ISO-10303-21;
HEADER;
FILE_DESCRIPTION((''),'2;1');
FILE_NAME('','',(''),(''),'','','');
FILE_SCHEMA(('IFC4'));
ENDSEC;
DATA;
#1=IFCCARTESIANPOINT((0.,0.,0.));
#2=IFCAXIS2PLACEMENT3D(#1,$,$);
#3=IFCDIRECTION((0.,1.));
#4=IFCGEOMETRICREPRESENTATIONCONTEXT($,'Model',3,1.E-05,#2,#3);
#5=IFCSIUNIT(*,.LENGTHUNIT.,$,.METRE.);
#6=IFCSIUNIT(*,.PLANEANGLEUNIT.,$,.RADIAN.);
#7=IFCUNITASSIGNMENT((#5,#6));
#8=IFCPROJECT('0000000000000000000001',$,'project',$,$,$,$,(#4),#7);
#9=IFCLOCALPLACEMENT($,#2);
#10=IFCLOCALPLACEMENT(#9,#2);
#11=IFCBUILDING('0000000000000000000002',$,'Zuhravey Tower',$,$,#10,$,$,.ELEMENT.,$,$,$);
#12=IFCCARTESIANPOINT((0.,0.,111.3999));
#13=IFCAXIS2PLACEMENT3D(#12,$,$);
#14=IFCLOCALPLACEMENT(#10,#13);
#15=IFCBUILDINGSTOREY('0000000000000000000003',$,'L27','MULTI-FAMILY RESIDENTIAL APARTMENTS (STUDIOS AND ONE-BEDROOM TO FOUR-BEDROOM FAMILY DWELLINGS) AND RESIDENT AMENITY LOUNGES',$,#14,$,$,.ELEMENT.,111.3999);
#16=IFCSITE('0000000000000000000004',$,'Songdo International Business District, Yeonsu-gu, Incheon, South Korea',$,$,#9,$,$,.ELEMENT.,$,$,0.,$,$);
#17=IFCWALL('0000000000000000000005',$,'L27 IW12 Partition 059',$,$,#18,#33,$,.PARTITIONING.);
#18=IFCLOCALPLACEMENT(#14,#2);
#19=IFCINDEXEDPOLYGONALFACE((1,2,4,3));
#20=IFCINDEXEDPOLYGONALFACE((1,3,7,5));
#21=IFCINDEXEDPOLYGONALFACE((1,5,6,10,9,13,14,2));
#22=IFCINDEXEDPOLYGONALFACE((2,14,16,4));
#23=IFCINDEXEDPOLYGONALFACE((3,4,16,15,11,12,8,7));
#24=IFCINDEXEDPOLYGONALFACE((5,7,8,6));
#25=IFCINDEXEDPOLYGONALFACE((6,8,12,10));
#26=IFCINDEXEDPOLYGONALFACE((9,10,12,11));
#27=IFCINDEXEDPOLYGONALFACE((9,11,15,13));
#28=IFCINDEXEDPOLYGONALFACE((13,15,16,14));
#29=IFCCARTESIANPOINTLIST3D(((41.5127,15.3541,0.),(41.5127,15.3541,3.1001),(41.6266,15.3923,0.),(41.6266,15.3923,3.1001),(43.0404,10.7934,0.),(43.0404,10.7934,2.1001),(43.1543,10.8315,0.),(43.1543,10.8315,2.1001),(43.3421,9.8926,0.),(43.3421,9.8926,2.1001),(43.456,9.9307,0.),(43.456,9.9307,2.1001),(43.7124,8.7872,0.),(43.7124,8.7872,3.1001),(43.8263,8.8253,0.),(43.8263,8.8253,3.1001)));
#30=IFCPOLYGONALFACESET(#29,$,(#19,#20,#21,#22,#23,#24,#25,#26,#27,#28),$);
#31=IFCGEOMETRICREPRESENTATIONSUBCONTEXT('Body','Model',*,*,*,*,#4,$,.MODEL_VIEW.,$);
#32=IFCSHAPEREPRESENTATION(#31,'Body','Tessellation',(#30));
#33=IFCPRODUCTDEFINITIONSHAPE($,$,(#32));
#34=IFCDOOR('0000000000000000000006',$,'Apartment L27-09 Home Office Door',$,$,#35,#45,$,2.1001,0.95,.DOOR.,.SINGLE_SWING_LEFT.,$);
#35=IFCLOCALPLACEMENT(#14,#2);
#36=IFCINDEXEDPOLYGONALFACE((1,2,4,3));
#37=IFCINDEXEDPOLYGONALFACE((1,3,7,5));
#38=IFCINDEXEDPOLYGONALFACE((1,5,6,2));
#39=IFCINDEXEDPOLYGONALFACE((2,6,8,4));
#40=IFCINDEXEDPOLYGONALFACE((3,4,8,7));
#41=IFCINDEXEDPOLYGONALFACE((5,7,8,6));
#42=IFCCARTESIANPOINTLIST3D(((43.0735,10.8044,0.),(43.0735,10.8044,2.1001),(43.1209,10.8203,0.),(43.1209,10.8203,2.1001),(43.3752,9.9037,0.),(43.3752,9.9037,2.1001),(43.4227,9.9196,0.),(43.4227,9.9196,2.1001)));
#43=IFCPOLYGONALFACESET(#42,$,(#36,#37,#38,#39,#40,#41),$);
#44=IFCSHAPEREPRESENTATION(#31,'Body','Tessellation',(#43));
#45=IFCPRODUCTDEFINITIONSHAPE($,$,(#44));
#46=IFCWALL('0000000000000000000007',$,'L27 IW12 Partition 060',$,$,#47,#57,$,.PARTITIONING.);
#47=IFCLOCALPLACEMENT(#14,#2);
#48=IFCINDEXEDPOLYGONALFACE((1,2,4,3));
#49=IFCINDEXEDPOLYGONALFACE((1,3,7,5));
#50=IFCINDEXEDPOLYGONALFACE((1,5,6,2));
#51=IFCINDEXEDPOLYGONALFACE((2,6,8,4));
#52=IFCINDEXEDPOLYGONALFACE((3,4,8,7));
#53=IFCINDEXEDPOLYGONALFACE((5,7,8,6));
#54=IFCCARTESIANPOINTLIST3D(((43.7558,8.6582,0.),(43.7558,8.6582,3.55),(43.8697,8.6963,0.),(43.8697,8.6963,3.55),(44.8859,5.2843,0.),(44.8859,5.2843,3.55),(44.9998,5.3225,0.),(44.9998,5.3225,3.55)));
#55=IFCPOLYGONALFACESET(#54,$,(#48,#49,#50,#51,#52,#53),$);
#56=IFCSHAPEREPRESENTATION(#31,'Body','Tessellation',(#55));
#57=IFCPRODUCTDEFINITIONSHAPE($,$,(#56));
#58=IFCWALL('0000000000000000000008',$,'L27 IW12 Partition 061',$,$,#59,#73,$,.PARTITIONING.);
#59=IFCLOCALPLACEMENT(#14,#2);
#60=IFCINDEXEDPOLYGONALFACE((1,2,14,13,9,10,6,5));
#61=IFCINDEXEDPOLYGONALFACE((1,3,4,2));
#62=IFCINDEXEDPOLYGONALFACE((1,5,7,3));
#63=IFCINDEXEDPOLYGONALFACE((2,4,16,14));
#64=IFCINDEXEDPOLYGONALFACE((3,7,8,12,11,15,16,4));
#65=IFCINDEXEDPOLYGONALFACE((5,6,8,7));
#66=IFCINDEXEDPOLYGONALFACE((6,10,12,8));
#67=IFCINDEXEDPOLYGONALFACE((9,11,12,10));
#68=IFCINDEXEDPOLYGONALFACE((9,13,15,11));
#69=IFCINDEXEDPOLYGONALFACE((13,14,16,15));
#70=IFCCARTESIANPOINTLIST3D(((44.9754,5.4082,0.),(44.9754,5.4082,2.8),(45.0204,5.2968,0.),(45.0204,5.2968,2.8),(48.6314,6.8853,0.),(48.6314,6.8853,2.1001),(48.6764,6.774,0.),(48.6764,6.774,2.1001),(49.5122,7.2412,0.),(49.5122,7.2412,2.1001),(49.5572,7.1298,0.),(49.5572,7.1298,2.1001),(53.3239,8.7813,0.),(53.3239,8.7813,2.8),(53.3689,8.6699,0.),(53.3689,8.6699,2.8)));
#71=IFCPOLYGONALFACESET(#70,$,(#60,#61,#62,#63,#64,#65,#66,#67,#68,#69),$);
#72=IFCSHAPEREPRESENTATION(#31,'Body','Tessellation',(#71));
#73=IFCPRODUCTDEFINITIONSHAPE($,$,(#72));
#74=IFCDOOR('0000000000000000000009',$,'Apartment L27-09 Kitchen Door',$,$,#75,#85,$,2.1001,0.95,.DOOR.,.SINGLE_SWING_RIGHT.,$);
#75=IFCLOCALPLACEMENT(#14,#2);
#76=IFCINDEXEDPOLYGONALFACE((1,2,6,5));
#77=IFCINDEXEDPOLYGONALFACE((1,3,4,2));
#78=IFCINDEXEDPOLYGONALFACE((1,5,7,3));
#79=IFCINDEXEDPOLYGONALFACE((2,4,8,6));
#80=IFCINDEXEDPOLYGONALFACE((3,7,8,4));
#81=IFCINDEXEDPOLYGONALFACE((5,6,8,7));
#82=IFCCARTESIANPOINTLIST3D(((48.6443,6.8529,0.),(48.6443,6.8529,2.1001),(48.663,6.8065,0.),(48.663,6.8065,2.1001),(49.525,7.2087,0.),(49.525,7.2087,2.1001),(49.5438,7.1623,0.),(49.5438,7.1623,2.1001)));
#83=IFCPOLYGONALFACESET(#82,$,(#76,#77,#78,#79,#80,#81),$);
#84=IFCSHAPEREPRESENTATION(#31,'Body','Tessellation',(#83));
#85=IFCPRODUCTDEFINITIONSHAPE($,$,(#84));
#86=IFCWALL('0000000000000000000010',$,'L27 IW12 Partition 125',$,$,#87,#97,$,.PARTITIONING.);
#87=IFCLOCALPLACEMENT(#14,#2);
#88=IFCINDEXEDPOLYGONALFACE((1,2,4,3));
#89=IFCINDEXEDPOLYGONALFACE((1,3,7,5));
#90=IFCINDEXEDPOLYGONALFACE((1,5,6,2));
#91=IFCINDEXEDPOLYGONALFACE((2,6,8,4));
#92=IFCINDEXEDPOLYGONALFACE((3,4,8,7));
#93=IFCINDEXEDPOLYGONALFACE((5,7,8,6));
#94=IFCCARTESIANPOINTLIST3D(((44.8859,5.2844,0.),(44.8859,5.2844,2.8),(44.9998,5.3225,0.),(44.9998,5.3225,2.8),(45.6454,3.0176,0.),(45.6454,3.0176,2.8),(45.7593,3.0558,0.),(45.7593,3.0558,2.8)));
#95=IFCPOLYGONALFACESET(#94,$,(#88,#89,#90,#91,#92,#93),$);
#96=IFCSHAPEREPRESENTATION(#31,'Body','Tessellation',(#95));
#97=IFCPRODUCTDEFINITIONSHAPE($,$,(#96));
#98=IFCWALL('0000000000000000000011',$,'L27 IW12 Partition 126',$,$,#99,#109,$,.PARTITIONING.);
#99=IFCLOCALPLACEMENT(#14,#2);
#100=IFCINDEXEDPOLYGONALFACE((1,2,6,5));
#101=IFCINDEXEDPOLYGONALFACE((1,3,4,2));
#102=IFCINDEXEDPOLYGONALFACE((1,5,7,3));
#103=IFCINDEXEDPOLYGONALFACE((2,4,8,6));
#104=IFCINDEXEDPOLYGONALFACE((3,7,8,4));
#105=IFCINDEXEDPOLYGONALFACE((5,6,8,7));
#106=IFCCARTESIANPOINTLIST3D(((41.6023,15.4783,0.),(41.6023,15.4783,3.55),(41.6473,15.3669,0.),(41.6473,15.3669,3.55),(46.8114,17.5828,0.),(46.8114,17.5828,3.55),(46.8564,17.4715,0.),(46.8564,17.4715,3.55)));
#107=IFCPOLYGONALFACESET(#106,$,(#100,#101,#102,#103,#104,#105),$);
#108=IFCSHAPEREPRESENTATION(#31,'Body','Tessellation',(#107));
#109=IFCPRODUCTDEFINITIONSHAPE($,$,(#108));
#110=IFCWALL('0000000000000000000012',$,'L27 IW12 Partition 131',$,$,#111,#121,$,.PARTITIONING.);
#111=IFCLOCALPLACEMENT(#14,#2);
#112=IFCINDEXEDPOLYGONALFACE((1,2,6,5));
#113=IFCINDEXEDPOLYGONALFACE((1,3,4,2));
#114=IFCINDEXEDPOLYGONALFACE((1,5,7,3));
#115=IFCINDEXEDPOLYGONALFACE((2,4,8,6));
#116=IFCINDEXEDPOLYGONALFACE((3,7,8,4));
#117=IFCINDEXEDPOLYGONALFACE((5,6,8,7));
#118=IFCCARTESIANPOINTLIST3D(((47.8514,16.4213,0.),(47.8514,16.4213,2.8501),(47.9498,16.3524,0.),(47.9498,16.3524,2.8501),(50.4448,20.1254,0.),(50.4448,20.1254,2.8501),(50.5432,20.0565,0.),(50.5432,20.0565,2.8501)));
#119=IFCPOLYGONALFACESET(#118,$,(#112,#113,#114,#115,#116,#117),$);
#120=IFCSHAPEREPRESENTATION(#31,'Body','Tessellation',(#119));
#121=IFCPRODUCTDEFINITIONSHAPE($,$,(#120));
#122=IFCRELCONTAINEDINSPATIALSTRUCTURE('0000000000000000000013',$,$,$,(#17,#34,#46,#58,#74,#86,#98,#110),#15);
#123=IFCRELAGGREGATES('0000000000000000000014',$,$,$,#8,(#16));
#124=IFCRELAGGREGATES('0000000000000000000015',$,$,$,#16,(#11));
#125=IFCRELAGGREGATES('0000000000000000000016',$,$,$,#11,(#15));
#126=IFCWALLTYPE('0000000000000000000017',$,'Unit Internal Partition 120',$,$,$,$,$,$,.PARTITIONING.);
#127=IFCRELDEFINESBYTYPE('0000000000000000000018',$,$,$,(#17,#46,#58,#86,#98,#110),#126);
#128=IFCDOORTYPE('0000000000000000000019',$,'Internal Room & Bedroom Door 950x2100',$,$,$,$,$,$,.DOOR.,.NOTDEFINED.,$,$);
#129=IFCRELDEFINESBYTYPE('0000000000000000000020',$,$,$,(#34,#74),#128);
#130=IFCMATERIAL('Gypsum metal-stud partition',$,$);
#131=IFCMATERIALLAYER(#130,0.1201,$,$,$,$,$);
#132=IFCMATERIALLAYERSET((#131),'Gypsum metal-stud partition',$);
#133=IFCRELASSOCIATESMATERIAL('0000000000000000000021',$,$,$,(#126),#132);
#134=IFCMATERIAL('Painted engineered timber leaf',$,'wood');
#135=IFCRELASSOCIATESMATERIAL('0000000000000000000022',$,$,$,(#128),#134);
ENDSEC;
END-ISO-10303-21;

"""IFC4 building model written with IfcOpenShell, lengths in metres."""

from ifc_helpers import new_model, si_unit, direction, frame, frame_2d, origin, place, context, subcontext, project, spatial, rectangle, extrude, material, layer, layer_set, type_object, element, fill, save


model = new_model("IFC4")

# Units and contexts
model_context = context("Model", 3, precision=1e-05, world=origin(), true_north=direction((0.0, 1.0)))
body_context = subcontext(model_context, "Body", "Model", "MODEL_VIEW")
ifc_project = project(units=[si_unit("LENGTHUNIT", "METRE"), si_unit("PLANEANGLEUNIT", "RADIAN")], contexts=[model_context])

# Site, building, storey
site_placement = place(None, origin())
site = spatial("IfcSite", under=ifc_project, at=site_placement, Name="Songdo International Business District, Yeonsu-gu, Incheon, South Korea", CompositionType="ELEMENT", RefElevation=0.0)
building_placement = place(site_placement, origin())
building = spatial("IfcBuilding", under=site, at=building_placement, Name="Zuhravey Tower", CompositionType="ELEMENT")
storey_placement = place(building_placement, frame((0.0, 0.0, 111.3999)))
storey = spatial("IfcBuildingStorey", under=building, at=storey_placement, Name="L27", Description="MULTI-FAMILY RESIDENTIAL APARTMENTS (STUDIOS AND ONE-BEDROOM TO FOUR-BEDROOM FAMILY DWELLINGS) AND RESIDENT AMENITY LOUNGES", CompositionType="ELEMENT", Elevation=111.3999)

# Wall, opening, door
ifc_material_1 = material(Name="Gypsum metal-stud partition")
ifc_layer_1 = layer(ifc_material_1, 0.1201)
ifc_layer_set_1 = layer_set([ifc_layer_1], Name="Gypsum metal-stud partition")
wall_type_1 = type_object("IfcWallType", Name="Unit Internal Partition 120", PredefinedType="PARTITIONING", material=ifc_layer_set_1)
ifc_material_2 = material(Name="Painted engineered timber leaf", Category="wood")
door_type_1 = type_object("IfcDoorType", Name="Internal Room & Bedroom Door 950x2100", OperationType="NOTDEFINED", PredefinedType="DOOR", material=ifc_material_2)
wall_1_placement = place(storey_placement, frame((41.5696, 15.3733, 0.0), z_axis=(0.0, 0.0, 1.0), x_axis=(0.317623, -0.948217, 0.0)))
wall_1 = element("IfcWall", 1, at=wall_1_placement, inside=storey, type_object=wall_type_1, Name="L27 IW12 Partition 059", PredefinedType="PARTITIONING", context=body_context, shape_type="SweptSolid", body=[
    extrude(rectangle(XDim=6.9255, YDim=0.1201, at=frame_2d((3.4629, 0.0))), origin(), (0.0, 0.0, 1.0), 3.1001),
])
opening_1_placement = place(wall_1_placement, frame((4.8098, 0.0, 0.0)))
opening_1 = element("IfcOpeningElement", 2, at=opening_1_placement, cuts=wall_1, PredefinedType="OPENING", context=body_context, shape_type="SweptSolid", body=[
    extrude(rectangle(XDim=0.95, YDim=2.1001, at=frame_2d((0.4751, 1.05))), frame((0.0, 0.072, 0.0), z_axis=(0.0, -1.0, 0.0), x_axis=(1.0, 0.0, 0.0)), (0.0, 0.0, 1.0), 0.144),
])
door_1_placement = place(opening_1_placement, origin())
door_1 = element("IfcDoor", 3, at=door_1_placement, inside=storey, type_object=door_type_1, Name="Apartment L27-09 Home Office Door", OperationType="SINGLE_SWING_LEFT", OverallHeight=2.1001, OverallWidth=0.95, PredefinedType="DOOR", context=body_context, shape_type="SweptSolid", body=[
    extrude(rectangle(XDim=0.95, YDim=2.1001, at=frame_2d((0.4751, 1.05))), frame((0.0, 0.0249, 0.0), z_axis=(0.0, -1.0, 0.0), x_axis=(1.0, 0.0, 0.0)), (0.0, 0.0, 1.0), 0.05),
])
fill(opening_1, door_1)

# Wall
wall_2_placement = place(storey_placement, frame((43.8127, 8.6772, 0.0), z_axis=(0.0, 0.0, 1.0), x_axis=(0.317627, -0.948216, 0.0)))
element("IfcWall", 4, at=wall_2_placement, inside=storey, type_object=wall_type_1, Name="L27 IW12 Partition 060", PredefinedType="PARTITIONING", context=body_context, shape_type="SweptSolid", body=[
    extrude(rectangle(XDim=3.5581, YDim=0.1201, at=frame_2d((1.7791, 0.0))), origin(), (0.0, 0.0, 1.0), 3.55),
])

# Wall, opening, door
wall_3_placement = place(storey_placement, frame((44.998, 5.3525, 0.0), z_axis=(0.0, 0.0, 1.0), x_axis=(0.927181, 0.374614, 0.0)))
wall_3 = element("IfcWall", 5, at=wall_3_placement, inside=storey, type_object=wall_type_1, Name="L27 IW12 Partition 061", PredefinedType="PARTITIONING", context=body_context, shape_type="SweptSolid", body=[
    extrude(rectangle(XDim=9.0042, YDim=0.1201, at=frame_2d((4.502, 0.0))), origin(), (0.0, 0.0, 1.0), 2.8),
])
opening_2_placement = place(wall_3_placement, frame((3.9429, 0.0, 0.0)))
opening_2 = element("IfcOpeningElement", 6, at=opening_2_placement, cuts=wall_3, PredefinedType="OPENING", context=body_context, shape_type="SweptSolid", body=[
    extrude(rectangle(XDim=0.95, YDim=2.1001, at=frame_2d((0.4751, 1.05))), frame((0.0, 0.072, 0.0), z_axis=(0.0, -1.0, 0.0), x_axis=(1.0, 0.0, 0.0)), (0.0, 0.0, 1.0), 0.144),
])
door_2_placement = place(opening_2_placement, frame((0.95, 0.0, 0.0), z_axis=(0.0, 0.0, 1.0), x_axis=(-1.0, 0.0, 0.0)))
door_2 = element("IfcDoor", 7, at=door_2_placement, inside=storey, type_object=door_type_1, Name="Apartment L27-09 Kitchen Door", OperationType="SINGLE_SWING_RIGHT", OverallHeight=2.1001, OverallWidth=0.95, PredefinedType="DOOR", context=body_context, shape_type="SweptSolid", body=[
    extrude(rectangle(XDim=0.95, YDim=2.1001, at=frame_2d((0.4751, 1.05))), frame((0.0, 0.0249, 0.0), z_axis=(0.0, -1.0, 0.0), x_axis=(1.0, 0.0, 0.0)), (0.0, 0.0, 1.0), 0.05),
])
fill(opening_2, door_2)

# Walls
wall_4_placement = place(storey_placement, frame((44.9429, 5.3035, 0.0), z_axis=(0.0, 0.0, 1.0), x_axis=(0.317698, -0.948192, 0.0)))
element("IfcWall", 8, at=wall_4_placement, inside=storey, type_object=wall_type_1, Name="L27 IW12 Partition 125", PredefinedType="PARTITIONING", context=body_context, shape_type="SweptSolid", body=[
    extrude(rectangle(XDim=2.3906, YDim=0.1201, at=frame_2d((1.1953, 0.0))), origin(), (0.0, 0.0, 1.0), 2.8),
])
wall_5_placement = place(storey_placement, frame((41.6248, 15.4226, 0.0), z_axis=(0.0, 0.0, 1.0), x_axis=(0.927188, 0.374595, 0.0)))
element("IfcWall", 9, at=wall_5_placement, inside=storey, type_object=wall_type_1, Name="L27 IW12 Partition 126", PredefinedType="PARTITIONING", context=body_context, shape_type="SweptSolid", body=[
    extrude(rectangle(XDim=5.6182, YDim=0.1201, at=frame_2d((2.8091, 0.0))), origin(), (0.0, 0.0, 1.0), 3.55),
])
wall_6_placement = place(storey_placement, frame((47.9006, 16.387, 0.0), z_axis=(0.0, 0.0, 1.0), x_axis=(0.573557, 0.819166, 0.0)))
element("IfcWall", 10, at=wall_6_placement, inside=storey, type_object=wall_type_1, Name="L27 IW12 Partition 131", PredefinedType="PARTITIONING", context=body_context, shape_type="SweptSolid", body=[
    extrude(rectangle(XDim=4.5217, YDim=0.1201, at=frame_2d((2.2607, 0.0))), origin(), (0.0, 0.0, 1.0), 2.8501),
])

save(model, "model.ifc")
